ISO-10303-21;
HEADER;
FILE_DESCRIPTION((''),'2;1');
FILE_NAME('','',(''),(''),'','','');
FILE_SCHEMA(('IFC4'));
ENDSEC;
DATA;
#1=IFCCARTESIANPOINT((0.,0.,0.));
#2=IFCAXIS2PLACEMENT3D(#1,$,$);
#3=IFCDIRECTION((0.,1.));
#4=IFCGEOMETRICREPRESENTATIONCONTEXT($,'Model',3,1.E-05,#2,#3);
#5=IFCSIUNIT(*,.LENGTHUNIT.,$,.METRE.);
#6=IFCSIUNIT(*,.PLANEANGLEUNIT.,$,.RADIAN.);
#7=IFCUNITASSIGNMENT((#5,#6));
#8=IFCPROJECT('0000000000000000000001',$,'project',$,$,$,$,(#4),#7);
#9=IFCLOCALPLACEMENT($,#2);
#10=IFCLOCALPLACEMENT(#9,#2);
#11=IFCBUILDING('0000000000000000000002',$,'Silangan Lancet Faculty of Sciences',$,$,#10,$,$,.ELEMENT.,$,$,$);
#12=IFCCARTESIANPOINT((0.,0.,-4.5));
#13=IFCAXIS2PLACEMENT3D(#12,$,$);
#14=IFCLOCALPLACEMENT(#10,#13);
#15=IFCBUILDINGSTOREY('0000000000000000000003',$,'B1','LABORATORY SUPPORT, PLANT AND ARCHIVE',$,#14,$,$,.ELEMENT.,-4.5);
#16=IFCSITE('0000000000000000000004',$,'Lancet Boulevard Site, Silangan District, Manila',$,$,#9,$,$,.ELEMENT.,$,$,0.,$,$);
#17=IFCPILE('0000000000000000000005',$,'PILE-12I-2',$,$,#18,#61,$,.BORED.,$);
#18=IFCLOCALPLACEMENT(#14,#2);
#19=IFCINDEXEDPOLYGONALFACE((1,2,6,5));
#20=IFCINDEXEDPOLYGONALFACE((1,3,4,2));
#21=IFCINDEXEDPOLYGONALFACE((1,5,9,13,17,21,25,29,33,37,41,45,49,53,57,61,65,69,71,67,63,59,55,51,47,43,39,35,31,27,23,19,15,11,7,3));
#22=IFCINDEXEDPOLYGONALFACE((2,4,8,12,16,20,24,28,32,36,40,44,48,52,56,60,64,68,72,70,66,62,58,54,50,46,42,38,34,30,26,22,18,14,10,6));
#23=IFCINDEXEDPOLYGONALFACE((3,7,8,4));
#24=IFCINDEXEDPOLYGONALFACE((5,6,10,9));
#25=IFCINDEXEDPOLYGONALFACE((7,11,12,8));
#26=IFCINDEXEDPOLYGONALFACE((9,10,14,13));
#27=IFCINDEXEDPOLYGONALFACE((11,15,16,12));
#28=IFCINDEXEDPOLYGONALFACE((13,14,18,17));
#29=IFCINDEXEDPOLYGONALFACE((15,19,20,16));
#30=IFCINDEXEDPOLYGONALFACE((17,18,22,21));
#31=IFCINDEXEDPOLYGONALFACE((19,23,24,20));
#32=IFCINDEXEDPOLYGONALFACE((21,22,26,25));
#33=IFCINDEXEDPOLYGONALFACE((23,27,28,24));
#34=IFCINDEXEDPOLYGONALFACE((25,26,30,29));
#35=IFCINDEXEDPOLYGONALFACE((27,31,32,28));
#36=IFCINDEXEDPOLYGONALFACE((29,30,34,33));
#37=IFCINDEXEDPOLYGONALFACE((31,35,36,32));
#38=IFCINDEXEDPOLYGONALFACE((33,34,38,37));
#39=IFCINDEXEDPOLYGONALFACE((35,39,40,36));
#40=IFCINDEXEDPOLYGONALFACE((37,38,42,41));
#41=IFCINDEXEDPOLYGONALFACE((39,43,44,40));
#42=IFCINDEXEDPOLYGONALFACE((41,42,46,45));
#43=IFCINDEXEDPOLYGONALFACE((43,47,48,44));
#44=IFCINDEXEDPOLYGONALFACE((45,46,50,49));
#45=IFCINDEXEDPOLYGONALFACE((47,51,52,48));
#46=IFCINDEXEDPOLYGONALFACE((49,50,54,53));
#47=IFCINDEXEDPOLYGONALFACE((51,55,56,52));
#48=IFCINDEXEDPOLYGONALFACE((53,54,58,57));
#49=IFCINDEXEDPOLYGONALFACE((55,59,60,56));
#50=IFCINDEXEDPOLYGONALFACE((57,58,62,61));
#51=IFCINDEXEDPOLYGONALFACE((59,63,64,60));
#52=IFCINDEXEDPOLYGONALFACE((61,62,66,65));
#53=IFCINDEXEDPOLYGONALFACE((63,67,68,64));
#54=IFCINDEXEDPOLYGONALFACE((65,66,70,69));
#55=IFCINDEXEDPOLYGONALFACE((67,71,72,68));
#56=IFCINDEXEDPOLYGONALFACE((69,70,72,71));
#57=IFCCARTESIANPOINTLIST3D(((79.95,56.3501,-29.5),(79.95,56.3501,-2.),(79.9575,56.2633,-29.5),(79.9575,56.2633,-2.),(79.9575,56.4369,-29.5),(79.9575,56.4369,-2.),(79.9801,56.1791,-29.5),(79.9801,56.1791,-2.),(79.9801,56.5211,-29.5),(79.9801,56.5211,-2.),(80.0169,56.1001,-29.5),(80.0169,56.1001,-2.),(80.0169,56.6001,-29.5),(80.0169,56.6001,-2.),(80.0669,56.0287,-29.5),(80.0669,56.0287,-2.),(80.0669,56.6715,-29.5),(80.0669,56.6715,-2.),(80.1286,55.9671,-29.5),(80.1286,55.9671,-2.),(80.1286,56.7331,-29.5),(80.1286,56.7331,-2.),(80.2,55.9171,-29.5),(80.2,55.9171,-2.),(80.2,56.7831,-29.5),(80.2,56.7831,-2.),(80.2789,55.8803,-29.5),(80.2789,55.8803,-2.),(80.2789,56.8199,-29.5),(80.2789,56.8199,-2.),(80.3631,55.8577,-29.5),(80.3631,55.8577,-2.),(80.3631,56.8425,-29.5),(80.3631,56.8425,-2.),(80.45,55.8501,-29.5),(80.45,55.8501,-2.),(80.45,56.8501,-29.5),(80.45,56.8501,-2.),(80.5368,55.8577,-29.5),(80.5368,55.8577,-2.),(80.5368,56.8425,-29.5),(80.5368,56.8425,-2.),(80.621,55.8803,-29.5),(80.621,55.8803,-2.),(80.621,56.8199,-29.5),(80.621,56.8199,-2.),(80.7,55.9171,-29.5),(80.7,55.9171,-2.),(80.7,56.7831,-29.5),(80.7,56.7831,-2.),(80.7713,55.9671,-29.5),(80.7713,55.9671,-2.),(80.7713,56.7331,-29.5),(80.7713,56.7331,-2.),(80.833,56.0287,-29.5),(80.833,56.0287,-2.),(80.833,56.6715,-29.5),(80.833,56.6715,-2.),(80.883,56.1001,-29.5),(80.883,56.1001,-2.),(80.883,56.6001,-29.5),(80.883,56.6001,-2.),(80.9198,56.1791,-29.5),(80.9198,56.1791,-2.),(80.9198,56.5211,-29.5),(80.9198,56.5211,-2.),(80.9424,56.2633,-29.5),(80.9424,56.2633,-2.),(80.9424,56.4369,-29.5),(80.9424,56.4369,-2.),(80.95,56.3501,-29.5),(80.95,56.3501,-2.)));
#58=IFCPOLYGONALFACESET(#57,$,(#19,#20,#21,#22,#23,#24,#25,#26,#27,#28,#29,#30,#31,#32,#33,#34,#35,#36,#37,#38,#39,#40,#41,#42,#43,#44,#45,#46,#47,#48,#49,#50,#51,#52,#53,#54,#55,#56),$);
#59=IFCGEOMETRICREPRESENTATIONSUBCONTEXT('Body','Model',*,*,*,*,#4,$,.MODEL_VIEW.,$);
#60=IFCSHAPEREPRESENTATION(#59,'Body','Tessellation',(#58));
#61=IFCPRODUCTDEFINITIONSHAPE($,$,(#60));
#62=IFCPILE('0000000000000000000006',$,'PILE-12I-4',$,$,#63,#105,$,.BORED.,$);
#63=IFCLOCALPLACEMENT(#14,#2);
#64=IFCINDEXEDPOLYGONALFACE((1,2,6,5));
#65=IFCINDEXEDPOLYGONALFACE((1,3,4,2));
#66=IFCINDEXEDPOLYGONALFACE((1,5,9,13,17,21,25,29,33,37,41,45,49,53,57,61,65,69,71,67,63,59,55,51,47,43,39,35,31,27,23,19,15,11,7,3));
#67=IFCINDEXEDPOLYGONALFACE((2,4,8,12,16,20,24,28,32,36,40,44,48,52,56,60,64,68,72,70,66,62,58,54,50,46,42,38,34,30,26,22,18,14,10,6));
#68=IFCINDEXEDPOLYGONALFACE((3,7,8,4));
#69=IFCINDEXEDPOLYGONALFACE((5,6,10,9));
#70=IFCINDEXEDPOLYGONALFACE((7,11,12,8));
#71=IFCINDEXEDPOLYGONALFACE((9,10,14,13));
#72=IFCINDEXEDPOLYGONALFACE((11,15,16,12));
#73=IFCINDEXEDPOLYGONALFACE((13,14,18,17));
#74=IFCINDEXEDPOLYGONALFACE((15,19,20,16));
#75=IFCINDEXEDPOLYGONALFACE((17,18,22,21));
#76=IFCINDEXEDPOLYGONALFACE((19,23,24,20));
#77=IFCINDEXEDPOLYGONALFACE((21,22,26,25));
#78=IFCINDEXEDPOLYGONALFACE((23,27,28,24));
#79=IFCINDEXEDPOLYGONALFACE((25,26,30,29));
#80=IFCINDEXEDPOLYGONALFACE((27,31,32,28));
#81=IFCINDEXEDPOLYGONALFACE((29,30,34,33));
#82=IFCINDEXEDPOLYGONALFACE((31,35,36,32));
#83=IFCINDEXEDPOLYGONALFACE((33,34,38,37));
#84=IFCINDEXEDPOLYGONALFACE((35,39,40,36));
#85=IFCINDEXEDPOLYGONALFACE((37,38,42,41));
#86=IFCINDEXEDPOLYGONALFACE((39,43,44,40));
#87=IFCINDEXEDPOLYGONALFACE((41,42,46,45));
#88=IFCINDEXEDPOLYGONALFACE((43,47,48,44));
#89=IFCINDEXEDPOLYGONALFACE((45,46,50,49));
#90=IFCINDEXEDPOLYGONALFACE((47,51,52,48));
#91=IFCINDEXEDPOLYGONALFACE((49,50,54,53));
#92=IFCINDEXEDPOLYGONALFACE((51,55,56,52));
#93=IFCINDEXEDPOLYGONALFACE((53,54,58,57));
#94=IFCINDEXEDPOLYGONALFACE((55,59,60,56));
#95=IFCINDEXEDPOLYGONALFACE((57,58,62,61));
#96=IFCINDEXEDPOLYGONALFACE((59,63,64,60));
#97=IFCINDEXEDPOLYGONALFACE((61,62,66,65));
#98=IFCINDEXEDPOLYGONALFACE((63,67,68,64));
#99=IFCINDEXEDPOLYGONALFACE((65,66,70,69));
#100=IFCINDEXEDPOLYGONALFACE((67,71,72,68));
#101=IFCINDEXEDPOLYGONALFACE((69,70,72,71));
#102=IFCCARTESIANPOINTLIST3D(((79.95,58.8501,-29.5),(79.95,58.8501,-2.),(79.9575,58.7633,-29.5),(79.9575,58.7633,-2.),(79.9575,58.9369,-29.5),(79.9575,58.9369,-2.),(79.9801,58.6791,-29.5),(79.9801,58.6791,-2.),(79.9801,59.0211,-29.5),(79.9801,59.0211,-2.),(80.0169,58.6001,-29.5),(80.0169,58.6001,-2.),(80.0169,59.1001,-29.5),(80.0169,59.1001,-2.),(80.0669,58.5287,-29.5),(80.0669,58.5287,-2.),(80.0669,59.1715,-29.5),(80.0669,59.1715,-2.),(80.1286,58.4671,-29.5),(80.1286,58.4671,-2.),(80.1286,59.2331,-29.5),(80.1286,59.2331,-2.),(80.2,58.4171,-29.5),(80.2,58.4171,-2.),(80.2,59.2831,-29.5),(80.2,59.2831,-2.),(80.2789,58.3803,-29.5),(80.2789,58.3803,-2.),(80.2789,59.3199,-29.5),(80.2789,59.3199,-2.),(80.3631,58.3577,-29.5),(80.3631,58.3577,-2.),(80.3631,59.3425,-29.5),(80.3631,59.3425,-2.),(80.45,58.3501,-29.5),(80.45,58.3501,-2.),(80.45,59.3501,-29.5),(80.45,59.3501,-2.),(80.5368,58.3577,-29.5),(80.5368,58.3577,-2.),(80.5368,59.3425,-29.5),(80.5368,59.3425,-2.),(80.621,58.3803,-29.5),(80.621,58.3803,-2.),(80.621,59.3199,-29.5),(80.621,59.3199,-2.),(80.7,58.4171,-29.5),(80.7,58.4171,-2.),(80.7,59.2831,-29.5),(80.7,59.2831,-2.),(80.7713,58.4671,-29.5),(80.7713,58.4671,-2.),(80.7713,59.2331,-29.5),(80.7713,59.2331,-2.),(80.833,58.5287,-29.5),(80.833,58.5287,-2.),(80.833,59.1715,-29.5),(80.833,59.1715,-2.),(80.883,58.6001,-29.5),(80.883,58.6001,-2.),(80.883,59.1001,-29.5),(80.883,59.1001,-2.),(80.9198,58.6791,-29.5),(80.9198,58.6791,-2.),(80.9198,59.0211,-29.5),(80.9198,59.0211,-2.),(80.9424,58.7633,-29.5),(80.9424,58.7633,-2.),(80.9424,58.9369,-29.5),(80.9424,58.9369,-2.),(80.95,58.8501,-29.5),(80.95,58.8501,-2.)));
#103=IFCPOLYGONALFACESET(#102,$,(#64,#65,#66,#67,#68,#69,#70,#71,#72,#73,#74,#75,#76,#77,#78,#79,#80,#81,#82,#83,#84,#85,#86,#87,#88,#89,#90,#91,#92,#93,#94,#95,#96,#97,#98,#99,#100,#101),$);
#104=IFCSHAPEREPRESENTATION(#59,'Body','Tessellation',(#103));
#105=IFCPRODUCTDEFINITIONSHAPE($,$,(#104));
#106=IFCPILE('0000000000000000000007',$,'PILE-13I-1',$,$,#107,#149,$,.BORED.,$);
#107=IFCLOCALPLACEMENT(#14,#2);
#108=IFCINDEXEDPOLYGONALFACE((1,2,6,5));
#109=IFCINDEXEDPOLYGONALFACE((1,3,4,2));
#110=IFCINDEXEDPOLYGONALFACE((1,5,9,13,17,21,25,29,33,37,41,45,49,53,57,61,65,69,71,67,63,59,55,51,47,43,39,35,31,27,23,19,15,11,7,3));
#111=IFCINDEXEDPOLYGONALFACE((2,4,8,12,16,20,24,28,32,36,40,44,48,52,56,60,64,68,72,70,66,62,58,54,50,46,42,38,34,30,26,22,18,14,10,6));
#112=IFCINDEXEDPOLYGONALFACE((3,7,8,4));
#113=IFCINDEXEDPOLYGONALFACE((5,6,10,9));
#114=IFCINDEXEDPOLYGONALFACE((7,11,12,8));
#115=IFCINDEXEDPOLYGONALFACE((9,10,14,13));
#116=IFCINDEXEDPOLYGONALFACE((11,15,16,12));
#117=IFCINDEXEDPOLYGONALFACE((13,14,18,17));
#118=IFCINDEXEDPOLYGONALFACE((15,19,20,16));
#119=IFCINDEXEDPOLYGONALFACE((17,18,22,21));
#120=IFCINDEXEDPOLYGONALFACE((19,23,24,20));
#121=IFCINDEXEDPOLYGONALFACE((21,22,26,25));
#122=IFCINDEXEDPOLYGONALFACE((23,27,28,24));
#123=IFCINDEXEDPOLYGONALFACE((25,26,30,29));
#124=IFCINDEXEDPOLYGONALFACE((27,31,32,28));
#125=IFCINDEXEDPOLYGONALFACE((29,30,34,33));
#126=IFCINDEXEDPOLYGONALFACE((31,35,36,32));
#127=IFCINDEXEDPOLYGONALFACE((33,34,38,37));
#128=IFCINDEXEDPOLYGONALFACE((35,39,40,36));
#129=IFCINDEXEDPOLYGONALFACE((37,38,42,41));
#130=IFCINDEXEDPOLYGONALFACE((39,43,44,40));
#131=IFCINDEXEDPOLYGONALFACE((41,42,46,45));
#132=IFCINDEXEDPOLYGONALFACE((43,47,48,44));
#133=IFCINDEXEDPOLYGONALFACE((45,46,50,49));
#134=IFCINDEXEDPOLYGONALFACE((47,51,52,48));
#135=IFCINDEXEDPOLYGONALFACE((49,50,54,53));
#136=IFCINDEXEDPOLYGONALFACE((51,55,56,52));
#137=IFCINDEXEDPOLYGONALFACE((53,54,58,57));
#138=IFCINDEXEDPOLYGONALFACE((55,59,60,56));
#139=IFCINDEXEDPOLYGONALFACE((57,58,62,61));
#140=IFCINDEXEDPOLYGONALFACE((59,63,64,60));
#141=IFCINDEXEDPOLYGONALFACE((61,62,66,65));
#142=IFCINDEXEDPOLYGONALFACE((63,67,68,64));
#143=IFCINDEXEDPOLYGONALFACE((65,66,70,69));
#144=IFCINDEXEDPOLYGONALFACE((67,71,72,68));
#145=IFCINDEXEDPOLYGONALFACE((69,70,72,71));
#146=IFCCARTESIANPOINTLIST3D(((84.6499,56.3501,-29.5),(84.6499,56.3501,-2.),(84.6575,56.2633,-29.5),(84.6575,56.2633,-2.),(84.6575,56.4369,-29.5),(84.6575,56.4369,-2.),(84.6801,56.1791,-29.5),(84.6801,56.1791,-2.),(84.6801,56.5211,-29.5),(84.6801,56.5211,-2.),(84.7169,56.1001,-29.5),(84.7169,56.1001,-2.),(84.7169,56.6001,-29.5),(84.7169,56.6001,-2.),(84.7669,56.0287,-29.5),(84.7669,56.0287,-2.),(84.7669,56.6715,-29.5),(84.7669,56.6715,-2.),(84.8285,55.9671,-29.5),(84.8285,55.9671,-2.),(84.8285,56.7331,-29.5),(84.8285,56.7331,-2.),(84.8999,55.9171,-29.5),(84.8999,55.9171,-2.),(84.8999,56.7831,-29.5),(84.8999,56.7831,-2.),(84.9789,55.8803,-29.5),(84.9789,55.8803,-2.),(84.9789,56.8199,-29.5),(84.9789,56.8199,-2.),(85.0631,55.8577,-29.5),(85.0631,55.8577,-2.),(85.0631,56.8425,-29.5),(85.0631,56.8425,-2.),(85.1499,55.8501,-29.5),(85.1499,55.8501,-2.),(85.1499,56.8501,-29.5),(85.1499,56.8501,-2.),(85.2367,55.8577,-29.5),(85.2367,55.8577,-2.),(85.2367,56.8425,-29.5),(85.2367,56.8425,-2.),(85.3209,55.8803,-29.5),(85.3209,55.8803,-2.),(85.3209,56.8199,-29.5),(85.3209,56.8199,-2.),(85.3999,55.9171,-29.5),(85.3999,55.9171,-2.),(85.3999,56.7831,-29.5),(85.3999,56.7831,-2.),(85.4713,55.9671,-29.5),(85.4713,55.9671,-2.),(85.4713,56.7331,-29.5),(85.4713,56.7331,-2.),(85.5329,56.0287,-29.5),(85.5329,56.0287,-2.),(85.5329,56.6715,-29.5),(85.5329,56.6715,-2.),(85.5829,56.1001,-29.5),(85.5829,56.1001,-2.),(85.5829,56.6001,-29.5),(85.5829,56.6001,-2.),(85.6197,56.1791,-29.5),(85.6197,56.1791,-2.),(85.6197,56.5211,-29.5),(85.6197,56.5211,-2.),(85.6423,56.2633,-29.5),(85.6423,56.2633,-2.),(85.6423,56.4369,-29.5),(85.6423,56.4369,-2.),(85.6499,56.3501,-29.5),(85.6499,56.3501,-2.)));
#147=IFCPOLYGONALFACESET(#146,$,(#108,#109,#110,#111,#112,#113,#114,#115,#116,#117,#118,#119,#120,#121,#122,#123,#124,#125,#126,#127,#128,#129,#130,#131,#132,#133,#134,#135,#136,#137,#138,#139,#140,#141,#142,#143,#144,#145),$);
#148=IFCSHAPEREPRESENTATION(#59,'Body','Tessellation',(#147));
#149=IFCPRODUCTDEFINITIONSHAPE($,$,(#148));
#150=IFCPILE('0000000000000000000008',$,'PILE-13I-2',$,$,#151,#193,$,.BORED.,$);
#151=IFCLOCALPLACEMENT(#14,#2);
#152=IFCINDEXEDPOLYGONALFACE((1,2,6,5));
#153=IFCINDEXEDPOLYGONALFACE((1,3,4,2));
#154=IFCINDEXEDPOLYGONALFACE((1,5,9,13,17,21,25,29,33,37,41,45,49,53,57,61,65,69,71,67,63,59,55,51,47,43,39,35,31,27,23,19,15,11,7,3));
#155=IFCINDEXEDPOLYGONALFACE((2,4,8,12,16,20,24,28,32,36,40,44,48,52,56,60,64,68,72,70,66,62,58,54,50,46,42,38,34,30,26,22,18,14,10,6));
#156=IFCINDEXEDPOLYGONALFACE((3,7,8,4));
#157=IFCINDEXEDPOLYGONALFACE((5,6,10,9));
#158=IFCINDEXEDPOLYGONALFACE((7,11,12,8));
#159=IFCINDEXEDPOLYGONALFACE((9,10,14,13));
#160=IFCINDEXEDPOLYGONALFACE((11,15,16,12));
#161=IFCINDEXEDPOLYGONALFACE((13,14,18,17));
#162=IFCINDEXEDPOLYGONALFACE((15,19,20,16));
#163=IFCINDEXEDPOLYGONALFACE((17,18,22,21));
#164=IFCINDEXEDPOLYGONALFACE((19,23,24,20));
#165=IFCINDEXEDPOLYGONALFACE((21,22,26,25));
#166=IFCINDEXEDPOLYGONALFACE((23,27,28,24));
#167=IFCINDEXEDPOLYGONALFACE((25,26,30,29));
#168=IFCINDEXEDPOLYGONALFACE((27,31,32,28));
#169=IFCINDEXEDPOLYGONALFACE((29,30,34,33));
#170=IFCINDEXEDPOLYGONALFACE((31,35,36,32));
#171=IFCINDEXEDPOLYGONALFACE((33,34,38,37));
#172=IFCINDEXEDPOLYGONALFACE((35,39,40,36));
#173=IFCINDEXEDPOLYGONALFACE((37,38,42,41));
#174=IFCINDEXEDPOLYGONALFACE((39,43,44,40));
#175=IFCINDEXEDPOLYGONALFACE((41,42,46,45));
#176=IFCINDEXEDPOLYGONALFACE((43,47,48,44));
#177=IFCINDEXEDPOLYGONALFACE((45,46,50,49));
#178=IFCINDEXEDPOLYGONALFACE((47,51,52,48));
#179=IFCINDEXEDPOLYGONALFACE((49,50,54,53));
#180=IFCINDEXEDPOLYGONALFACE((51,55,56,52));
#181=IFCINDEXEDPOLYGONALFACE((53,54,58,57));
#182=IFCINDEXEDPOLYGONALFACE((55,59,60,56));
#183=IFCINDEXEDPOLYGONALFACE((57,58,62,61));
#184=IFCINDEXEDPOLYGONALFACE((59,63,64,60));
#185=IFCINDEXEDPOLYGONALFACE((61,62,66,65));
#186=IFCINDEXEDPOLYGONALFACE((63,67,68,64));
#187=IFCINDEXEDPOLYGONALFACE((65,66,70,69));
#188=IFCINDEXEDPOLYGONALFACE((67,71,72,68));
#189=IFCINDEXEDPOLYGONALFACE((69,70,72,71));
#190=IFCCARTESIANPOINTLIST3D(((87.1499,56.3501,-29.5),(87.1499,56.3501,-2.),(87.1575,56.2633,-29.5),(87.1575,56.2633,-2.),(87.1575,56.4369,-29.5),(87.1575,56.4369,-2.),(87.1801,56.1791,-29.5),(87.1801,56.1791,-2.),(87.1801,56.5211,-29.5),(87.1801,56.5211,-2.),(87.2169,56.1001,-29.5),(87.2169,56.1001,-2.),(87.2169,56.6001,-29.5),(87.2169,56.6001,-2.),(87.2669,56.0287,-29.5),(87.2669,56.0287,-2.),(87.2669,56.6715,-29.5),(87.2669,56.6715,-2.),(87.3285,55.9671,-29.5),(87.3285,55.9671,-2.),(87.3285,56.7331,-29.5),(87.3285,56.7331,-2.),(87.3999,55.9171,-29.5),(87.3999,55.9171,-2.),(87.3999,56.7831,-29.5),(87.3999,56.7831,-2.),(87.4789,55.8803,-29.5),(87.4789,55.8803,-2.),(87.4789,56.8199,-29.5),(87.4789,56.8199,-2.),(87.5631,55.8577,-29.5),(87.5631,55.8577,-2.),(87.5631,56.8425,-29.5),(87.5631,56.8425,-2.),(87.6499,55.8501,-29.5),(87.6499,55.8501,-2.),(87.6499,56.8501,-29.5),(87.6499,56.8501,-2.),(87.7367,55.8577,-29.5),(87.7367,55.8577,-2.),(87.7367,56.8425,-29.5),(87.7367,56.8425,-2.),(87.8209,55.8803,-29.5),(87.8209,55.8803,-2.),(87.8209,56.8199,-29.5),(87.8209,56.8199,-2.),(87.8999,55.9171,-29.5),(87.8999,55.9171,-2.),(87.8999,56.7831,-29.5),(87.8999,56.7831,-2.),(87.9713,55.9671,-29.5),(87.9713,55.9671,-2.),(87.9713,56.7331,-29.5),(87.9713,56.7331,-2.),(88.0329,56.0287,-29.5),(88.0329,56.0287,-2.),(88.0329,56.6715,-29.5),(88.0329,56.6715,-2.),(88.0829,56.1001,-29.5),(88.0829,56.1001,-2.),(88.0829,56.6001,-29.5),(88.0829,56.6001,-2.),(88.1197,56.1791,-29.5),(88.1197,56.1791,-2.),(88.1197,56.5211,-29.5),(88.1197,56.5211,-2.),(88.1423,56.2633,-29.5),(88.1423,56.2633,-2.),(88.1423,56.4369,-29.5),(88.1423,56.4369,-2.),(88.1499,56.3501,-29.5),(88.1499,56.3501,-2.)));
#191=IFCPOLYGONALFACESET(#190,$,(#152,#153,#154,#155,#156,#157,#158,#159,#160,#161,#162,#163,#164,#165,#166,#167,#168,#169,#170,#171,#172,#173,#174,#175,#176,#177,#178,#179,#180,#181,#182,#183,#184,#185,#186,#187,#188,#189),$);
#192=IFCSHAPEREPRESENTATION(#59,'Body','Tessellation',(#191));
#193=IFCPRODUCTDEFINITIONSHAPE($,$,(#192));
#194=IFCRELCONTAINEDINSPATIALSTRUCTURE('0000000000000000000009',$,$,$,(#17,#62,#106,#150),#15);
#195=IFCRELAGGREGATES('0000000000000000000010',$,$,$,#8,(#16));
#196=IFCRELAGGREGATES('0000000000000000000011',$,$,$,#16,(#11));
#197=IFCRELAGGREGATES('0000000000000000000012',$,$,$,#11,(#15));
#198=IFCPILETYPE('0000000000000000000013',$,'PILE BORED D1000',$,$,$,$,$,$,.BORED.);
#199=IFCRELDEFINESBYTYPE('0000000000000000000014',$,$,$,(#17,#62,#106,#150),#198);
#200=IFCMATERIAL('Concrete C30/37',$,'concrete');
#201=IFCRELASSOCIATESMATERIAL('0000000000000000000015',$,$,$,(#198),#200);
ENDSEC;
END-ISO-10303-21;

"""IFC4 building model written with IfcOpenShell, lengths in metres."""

from ifc_helpers import new_model, si_unit, direction, frame, origin, origin_2d, place, context, subcontext, project, spatial, circle, extrude, material, material_profile, profile_set, type_object, element, save


model = new_model("IFC4")

# Units and contexts
model_context = context("Model", 3, precision=1e-05, world=origin(), true_north=direction((0.0, 1.0)))
body_context = subcontext(model_context, "Body", "Model", "MODEL_VIEW")
ifc_project = project(units=[si_unit("LENGTHUNIT", "METRE"), si_unit("PLANEANGLEUNIT", "RADIAN")], contexts=[model_context])

# Site, building, storey
site_placement = place(None, origin())
site = spatial("IfcSite", under=ifc_project, at=site_placement, Name="Lancet Boulevard Site, Silangan District, Manila", CompositionType="ELEMENT", RefElevation=0.0)
building_placement = place(site_placement, origin())
building = spatial("IfcBuilding", under=site, at=building_placement, Name="Silangan Lancet Faculty of Sciences", CompositionType="ELEMENT")
storey_placement = place(building_placement, frame((0.0, 0.0, -4.5)))
storey = spatial("IfcBuildingStorey", under=building, at=storey_placement, Name="B1", Description="LABORATORY SUPPORT, PLANT AND ARCHIVE", CompositionType="ELEMENT", Elevation=-4.5)

# Piles
ifc_material_1 = material(Name="Concrete C30/37", Category="concrete")
ifc_material_profile_1 = material_profile(ifc_material_1, circle(Radius=0.5, at=origin_2d()), Name="BORED PILE D1000")
ifc_profile_set_1 = profile_set([ifc_material_profile_1], Name="Concrete C30/37")
pile_type_1 = type_object("IfcPileType", Name="PILE BORED D1000", PredefinedType="BORED", material=ifc_profile_set_1)
for number, where, z_axis, x_axis, name in (
    (1, (80.45, 56.3501, -2.0), (0.0, 0.0, -1.0), (1.0, 0.0, 0.0), "PILE-12I-2"),
    (2, (80.45, 58.8501, -2.0), (0.0, 0.0, -1.0), (1.0, 0.0, 0.0), "PILE-12I-4"),
    (3, (85.1499, 56.3501, -2.0), (0.0, 0.0, -1.0), (1.0, 0.0, 0.0), "PILE-13I-1"),
    (4, (87.6499, 56.3501, -2.0), (0.0, 0.0, -1.0), (1.0, 0.0, 0.0), "PILE-13I-2"),
):
    element("IfcPile", number, at=place(storey_placement, frame(where, z_axis=z_axis, x_axis=x_axis)), inside=storey, type_object=pile_type_1, Name=name, PredefinedType="BORED", context=body_context, shape_type="SweptSolid", body=[
        extrude(circle(Radius=0.5, at=origin_2d()), origin(), (0.0, 0.0, 1.0), 27.5),
    ])

save(model, "model.ifc")
